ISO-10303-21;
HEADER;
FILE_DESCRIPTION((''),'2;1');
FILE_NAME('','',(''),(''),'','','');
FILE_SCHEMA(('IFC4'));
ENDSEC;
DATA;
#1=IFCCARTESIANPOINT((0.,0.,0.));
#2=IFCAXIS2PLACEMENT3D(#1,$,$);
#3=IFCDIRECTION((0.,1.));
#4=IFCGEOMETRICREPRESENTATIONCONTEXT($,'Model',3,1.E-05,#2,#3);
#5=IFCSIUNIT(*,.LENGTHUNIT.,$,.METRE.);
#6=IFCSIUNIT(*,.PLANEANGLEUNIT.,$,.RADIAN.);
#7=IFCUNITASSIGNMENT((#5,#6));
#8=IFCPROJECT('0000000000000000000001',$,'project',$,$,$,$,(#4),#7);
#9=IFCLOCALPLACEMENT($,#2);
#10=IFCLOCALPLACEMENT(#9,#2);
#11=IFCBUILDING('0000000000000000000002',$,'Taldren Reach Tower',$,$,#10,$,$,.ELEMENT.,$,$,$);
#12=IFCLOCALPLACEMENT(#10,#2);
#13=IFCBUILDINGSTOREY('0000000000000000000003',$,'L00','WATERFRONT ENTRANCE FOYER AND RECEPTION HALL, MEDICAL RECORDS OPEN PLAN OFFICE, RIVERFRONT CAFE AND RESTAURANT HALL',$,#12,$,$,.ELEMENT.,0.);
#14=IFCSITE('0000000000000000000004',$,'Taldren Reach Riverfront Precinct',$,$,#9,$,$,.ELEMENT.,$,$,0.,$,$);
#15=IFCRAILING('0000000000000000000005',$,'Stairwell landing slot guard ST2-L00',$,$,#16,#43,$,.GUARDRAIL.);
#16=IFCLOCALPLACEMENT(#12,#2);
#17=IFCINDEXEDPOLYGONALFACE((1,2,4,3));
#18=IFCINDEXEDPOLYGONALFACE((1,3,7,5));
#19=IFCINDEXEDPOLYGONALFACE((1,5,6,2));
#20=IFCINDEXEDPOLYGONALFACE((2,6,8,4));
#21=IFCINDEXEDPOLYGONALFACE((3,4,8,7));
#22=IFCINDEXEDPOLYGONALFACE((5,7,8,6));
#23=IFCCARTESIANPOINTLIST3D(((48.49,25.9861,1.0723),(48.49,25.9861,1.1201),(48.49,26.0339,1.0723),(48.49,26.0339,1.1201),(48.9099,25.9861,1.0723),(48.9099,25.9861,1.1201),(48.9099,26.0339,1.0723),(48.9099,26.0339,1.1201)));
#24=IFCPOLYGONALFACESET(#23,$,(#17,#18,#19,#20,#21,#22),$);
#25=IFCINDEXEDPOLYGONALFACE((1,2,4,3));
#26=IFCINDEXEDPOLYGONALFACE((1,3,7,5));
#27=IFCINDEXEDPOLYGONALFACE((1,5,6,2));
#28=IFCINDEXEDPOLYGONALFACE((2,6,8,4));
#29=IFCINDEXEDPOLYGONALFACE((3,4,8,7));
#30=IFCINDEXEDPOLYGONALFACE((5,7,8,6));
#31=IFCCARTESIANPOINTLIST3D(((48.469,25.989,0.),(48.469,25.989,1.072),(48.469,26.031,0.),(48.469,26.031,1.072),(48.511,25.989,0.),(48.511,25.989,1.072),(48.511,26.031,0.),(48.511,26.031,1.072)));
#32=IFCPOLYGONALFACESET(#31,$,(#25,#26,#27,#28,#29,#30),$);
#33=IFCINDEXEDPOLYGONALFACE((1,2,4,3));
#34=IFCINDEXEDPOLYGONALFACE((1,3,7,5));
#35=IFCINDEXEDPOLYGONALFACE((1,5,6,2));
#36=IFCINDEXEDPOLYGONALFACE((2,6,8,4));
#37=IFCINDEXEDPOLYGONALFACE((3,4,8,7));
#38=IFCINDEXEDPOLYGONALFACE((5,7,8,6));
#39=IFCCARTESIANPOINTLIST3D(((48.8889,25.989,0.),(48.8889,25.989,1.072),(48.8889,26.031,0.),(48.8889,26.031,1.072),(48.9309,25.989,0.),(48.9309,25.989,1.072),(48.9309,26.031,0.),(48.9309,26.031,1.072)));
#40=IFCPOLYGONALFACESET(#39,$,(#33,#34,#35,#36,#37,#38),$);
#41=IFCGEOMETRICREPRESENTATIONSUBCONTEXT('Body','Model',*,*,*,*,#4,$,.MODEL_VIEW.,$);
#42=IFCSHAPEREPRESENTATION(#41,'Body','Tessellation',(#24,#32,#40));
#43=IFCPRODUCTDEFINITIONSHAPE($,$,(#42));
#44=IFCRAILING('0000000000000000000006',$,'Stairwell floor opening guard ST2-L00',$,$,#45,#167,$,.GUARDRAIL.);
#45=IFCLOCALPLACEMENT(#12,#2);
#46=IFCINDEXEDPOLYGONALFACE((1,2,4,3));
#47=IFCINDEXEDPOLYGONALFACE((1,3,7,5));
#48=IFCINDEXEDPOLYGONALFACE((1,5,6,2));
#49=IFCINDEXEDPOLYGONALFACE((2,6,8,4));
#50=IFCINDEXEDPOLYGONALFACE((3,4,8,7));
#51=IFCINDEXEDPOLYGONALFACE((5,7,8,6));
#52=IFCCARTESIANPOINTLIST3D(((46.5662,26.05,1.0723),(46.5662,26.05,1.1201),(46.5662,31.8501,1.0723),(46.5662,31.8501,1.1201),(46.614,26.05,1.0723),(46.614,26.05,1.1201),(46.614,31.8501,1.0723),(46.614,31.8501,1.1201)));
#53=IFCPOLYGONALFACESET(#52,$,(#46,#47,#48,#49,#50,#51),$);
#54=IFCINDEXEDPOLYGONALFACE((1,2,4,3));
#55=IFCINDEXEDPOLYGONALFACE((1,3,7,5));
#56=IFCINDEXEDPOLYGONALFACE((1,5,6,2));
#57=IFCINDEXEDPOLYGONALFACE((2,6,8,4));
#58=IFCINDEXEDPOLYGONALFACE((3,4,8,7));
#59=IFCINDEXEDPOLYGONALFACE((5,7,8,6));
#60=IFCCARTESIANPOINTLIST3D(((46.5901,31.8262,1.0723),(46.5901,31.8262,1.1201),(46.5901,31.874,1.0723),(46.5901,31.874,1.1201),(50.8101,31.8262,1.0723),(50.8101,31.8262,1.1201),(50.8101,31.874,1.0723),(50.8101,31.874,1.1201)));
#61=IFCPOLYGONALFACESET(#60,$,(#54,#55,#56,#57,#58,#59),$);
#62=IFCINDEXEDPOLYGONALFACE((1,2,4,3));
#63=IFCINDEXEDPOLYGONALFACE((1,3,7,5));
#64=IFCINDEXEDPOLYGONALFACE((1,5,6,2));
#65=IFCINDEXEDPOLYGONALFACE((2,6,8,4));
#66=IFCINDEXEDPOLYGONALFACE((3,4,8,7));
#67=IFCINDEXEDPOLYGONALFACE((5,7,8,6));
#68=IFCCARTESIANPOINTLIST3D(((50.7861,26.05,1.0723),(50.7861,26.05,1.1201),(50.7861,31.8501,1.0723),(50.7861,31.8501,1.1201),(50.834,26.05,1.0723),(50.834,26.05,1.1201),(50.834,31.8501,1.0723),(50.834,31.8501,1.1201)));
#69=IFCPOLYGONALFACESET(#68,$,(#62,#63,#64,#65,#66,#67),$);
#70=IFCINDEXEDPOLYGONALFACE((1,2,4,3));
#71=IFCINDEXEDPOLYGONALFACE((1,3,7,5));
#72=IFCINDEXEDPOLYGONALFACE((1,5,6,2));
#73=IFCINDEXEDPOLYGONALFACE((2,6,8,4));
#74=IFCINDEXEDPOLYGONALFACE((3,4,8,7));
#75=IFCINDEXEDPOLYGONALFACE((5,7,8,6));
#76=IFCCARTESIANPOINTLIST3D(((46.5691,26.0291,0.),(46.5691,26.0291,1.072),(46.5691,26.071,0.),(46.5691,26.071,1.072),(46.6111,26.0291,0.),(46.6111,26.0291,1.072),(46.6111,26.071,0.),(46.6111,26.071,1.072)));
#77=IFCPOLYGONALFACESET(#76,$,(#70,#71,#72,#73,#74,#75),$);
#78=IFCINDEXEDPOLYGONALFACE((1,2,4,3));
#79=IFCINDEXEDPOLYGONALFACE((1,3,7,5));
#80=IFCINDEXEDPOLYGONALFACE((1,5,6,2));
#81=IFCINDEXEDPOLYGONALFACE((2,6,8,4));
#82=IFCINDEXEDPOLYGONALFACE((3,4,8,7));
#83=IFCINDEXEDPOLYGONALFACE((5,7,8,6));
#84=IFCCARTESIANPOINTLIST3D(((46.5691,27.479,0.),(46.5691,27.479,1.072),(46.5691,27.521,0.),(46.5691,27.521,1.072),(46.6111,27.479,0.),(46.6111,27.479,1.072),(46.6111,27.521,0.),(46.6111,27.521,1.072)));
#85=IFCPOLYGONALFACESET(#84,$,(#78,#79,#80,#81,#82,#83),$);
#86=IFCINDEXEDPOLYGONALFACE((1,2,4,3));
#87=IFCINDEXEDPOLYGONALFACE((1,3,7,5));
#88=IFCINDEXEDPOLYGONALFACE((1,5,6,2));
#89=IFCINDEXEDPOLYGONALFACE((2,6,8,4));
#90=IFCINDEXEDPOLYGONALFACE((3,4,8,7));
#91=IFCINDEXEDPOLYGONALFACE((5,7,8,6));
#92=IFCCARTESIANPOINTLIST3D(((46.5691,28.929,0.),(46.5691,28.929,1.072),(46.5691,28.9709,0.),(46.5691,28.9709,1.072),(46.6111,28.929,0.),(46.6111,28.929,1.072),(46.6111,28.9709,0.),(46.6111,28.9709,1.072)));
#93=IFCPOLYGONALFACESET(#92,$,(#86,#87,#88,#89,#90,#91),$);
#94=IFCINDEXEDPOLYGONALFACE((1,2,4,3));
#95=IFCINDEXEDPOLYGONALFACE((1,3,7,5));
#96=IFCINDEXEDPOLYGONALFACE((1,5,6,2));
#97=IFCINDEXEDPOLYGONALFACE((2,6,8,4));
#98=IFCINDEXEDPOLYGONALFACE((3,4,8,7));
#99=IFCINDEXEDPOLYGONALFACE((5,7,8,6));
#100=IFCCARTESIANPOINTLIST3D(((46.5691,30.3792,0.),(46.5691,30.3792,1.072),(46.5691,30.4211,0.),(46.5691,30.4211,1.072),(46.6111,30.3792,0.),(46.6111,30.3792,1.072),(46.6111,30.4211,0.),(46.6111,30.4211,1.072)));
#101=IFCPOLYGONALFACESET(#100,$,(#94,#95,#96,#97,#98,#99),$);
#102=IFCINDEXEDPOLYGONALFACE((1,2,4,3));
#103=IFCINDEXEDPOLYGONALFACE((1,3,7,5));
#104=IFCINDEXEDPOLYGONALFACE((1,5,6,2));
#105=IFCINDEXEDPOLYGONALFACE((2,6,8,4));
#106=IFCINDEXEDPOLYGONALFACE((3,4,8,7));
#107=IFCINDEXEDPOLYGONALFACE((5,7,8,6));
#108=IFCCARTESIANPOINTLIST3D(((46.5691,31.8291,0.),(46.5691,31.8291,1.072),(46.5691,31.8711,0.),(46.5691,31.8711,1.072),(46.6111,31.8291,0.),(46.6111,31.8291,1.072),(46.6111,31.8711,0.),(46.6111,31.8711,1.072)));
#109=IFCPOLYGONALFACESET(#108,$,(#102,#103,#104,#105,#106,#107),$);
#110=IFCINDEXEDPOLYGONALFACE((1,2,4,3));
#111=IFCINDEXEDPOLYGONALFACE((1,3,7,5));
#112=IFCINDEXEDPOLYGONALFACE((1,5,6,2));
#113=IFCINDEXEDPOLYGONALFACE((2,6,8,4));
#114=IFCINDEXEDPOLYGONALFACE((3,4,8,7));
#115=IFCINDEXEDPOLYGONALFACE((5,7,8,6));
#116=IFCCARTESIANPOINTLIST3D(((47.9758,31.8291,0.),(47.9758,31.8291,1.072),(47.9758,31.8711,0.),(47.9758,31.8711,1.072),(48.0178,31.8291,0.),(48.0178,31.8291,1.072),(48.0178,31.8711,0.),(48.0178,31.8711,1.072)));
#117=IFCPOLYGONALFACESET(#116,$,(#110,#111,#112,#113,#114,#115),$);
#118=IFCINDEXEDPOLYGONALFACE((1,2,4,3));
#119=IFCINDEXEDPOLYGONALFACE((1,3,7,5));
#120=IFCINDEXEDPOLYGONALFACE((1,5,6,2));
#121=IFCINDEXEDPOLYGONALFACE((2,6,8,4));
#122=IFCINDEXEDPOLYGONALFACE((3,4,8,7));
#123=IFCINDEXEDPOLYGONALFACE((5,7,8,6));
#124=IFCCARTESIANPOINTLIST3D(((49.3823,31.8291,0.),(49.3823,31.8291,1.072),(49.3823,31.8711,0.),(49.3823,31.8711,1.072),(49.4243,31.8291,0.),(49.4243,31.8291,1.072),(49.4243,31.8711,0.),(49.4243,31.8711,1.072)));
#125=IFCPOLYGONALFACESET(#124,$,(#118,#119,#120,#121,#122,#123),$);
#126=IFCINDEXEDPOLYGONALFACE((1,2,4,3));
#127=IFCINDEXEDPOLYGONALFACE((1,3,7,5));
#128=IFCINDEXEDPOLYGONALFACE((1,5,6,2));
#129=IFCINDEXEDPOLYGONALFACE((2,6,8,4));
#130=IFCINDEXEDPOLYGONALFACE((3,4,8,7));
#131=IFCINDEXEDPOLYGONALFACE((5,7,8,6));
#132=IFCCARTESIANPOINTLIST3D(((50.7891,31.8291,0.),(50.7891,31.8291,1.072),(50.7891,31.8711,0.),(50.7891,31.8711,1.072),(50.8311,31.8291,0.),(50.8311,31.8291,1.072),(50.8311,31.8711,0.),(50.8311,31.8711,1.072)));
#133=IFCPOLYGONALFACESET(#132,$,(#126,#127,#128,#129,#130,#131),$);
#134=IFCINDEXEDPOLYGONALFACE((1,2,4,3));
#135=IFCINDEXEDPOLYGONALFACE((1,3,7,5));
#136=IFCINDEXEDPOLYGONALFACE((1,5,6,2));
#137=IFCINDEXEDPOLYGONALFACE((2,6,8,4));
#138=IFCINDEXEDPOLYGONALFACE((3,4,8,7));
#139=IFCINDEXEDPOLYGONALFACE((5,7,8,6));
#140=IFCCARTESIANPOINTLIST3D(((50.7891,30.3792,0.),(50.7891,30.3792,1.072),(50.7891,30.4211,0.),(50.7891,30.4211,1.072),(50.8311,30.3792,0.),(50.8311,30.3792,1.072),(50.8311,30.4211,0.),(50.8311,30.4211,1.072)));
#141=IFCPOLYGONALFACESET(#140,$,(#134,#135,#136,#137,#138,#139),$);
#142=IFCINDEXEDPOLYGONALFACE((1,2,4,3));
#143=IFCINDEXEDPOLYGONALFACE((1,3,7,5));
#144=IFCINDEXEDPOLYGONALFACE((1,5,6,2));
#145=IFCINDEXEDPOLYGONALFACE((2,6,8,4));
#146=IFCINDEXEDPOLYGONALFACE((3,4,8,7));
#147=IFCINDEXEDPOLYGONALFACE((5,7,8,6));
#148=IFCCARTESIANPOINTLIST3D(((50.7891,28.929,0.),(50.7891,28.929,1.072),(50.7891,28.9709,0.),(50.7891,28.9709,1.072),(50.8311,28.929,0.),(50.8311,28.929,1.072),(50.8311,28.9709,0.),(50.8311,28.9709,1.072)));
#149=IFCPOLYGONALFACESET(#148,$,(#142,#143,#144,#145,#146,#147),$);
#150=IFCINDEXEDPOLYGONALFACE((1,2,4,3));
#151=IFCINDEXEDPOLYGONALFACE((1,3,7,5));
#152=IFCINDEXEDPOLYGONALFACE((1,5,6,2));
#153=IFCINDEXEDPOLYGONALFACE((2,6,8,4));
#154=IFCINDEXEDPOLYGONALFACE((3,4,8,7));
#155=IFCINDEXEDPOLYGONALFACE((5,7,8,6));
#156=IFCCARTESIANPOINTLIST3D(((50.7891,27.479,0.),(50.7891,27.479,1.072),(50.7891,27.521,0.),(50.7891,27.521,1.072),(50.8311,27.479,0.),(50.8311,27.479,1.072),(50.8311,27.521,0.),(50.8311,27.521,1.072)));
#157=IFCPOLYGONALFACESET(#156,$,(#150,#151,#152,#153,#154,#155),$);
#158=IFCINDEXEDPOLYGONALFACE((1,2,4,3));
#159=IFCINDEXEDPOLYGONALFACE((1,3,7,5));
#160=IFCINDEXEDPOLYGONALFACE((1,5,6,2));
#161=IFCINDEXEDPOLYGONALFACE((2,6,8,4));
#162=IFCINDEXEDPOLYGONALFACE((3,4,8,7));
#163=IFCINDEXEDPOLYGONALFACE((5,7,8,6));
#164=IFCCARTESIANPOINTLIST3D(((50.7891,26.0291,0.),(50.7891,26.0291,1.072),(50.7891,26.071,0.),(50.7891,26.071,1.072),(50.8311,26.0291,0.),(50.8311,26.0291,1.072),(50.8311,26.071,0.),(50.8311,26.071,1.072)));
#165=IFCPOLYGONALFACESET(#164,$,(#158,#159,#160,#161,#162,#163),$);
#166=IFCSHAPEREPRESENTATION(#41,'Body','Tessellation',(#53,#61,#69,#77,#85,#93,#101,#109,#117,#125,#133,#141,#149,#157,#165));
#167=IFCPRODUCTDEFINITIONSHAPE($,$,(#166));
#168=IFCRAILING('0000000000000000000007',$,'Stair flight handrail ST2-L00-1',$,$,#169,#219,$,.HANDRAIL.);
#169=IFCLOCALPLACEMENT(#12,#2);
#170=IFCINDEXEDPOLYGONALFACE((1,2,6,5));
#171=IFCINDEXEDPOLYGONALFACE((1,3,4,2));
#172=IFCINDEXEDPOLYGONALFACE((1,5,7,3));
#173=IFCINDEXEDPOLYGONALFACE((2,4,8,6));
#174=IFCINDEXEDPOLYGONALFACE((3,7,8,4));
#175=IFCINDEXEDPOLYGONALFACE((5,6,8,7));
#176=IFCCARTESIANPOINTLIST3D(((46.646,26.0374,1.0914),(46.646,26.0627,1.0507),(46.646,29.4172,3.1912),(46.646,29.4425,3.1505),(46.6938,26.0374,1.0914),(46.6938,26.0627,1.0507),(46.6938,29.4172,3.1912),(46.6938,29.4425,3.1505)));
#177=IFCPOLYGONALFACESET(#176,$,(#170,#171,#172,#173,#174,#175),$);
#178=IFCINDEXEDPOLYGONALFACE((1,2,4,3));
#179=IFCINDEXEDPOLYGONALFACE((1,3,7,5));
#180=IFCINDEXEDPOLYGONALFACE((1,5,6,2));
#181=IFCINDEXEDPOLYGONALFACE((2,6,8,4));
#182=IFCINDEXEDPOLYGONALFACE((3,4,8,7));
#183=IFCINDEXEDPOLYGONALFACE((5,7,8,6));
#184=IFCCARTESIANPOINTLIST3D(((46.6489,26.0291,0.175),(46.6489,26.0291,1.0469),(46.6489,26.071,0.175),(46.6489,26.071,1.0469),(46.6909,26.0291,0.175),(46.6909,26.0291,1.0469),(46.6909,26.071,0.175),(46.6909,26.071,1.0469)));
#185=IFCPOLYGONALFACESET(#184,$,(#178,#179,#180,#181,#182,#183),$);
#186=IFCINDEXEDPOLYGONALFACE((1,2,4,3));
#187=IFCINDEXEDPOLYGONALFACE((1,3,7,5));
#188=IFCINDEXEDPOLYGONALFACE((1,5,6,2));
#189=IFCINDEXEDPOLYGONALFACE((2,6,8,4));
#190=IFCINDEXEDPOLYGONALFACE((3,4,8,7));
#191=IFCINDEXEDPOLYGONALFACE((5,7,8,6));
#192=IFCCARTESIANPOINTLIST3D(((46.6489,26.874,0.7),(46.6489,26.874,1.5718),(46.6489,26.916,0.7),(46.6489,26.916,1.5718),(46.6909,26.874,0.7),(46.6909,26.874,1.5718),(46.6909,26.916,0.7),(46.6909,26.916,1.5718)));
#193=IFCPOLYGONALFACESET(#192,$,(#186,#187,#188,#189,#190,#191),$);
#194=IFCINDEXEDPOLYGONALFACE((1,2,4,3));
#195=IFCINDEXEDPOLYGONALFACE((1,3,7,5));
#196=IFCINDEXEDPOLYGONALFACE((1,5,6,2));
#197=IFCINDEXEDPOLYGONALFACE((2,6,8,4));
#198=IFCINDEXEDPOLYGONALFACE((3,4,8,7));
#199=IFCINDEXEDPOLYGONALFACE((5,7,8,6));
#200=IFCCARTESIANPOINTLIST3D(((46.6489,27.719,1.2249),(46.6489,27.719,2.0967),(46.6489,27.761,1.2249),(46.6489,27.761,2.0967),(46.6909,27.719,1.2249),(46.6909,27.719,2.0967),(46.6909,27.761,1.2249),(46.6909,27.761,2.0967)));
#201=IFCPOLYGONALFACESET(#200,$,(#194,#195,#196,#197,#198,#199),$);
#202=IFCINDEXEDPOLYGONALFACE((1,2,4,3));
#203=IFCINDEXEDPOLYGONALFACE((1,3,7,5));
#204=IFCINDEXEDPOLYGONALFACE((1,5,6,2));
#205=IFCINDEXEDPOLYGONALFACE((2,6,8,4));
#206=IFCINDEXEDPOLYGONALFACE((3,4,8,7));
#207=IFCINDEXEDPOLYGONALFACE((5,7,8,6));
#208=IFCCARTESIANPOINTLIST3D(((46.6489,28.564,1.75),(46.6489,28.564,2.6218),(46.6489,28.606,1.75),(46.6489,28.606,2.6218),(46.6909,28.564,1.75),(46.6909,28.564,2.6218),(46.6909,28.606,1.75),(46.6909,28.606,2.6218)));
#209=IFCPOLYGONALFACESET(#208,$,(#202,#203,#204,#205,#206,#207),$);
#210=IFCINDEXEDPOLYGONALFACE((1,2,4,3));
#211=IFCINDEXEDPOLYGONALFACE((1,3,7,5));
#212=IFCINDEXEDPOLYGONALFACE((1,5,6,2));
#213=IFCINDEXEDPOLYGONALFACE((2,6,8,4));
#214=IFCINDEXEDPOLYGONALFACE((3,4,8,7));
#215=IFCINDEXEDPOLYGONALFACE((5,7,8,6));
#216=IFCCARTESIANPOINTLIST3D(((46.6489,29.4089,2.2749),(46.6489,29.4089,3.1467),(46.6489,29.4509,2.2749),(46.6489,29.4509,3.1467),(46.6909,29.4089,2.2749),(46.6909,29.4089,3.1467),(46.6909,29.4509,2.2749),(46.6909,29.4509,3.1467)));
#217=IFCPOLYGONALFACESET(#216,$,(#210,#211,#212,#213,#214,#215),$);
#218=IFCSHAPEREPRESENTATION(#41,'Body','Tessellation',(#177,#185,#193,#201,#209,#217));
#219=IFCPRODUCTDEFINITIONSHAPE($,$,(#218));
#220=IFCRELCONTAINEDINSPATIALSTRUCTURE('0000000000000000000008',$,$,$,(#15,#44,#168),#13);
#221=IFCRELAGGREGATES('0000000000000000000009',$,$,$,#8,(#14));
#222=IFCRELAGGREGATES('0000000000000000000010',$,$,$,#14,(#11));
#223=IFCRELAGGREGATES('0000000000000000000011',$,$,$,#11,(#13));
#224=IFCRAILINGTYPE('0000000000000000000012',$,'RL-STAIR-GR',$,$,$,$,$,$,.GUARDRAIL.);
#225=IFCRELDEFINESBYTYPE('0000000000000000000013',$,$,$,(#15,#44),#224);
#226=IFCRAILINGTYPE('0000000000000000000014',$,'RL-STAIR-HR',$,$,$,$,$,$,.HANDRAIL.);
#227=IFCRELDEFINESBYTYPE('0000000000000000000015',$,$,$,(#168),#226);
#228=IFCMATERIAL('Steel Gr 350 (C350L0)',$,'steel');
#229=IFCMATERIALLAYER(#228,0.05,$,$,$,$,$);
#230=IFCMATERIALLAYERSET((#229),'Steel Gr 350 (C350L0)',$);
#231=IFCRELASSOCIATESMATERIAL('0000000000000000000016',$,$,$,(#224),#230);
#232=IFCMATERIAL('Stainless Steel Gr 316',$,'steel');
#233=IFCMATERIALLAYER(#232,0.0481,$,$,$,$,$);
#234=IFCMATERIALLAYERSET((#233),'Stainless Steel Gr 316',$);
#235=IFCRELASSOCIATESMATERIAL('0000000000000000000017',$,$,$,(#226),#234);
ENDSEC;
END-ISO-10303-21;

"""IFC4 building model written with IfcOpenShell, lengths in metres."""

from ifc_helpers import new_model, si_unit, direction, frame, origin, origin_2d, place, context, subcontext, project, spatial, rectangle, extrude, material, layer, layer_set, type_object, element, save


model = new_model("IFC4")

# Units and contexts
model_context = context("Model", 3, precision=1e-05, world=origin(), true_north=direction((0.0, 1.0)))
body_context = subcontext(model_context, "Body", "Model", "MODEL_VIEW")
ifc_project = project(units=[si_unit("LENGTHUNIT", "METRE"), si_unit("PLANEANGLEUNIT", "RADIAN")], contexts=[model_context])

# Site, building, storey
site_placement = place(None, origin())
site = spatial("IfcSite", under=ifc_project, at=site_placement, Name="Taldren Reach Riverfront Precinct", CompositionType="ELEMENT", RefElevation=0.0)
building_placement = place(site_placement, origin())
building = spatial("IfcBuilding", under=site, at=building_placement, Name="Taldren Reach Tower", CompositionType="ELEMENT")
storey_placement = place(building_placement, origin())
storey = spatial("IfcBuildingStorey", under=building, at=storey_placement, Name="L00", Description="WATERFRONT ENTRANCE FOYER AND RECEPTION HALL, MEDICAL RECORDS OPEN PLAN OFFICE, RIVERFRONT CAFE AND RESTAURANT HALL", CompositionType="ELEMENT", Elevation=0.0)

# Shared definitions
ifc_material_1 = material(Name="Steel Gr 350 (C350L0)", Category="steel")

# Railings
ifc_layer_1 = layer(ifc_material_1, 0.05)
ifc_layer_set_1 = layer_set([ifc_layer_1], Name="Steel Gr 350 (C350L0)")
railing_type_1 = type_object("IfcRailingType", Name="RL-STAIR-GR", PredefinedType="GUARDRAIL", material=ifc_layer_set_1)
railing_1_placement = place(storey_placement, frame((48.49, 26.01, 0.0)))
element("IfcRailing", 1, at=railing_1_placement, inside=storey, type_object=railing_type_1, Name="Stairwell landing slot guard ST2-L00", PredefinedType="GUARDRAIL", context=body_context, shape_type="SweptSolid", body=[
    extrude(rectangle(XDim=0.0479, YDim=0.0479, at=origin_2d()), frame((0.0, 0.0, 1.0962), z_axis=(1.0, 0.0, 0.0), x_axis=(0.0, 1.0, 0.0)), (0.0, 0.0, 1.0), 0.4199),
    extrude(rectangle(XDim=0.042, YDim=0.042, at=origin_2d()), origin(), (0.0, 0.0, 1.0), 1.072),
    extrude(rectangle(XDim=0.042, YDim=0.042, at=origin_2d()), frame((0.4199, 0.0, 0.0)), (0.0, 0.0, 1.0), 1.072),
])
railing_2_placement = place(storey_placement, frame((46.5901, 26.05, 0.0)))
element("IfcRailing", 2, at=railing_2_placement, inside=storey, type_object=railing_type_1, Name="Stairwell floor opening guard ST2-L00", PredefinedType="GUARDRAIL", context=body_context, shape_type="SweptSolid", body=[
    extrude(rectangle(XDim=0.0479, YDim=0.0479, at=origin_2d()), frame((0.0, 0.0, 1.0962), z_axis=(0.0, 1.0, 0.0), x_axis=(-1.0, 0.0, 0.0)), (0.0, 0.0, 1.0), 5.8),
    extrude(rectangle(XDim=0.0479, YDim=0.0479, at=origin_2d()), frame((0.0, 5.8, 1.0962), z_axis=(1.0, 0.0, 0.0), x_axis=(0.0, 1.0, 0.0)), (0.0, 0.0, 1.0), 4.22),
    extrude(rectangle(XDim=0.0479, YDim=0.0479, at=origin_2d()), frame((4.22, 5.8, 1.0962), z_axis=(0.0, -1.0, 0.0), x_axis=(1.0, 0.0, 0.0)), (0.0, 0.0, 1.0), 5.8),
    extrude(rectangle(XDim=0.042, YDim=0.042, at=origin_2d()), origin(), (0.0, 0.0, 1.0), 1.072),
    extrude(rectangle(XDim=0.042, YDim=0.042, at=origin_2d()), frame((0.0, 1.45, 0.0)), (0.0, 0.0, 1.0), 1.072),
    extrude(rectangle(XDim=0.042, YDim=0.042, at=origin_2d()), frame((0.0, 2.8999, 0.0)), (0.0, 0.0, 1.0), 1.072),
    extrude(rectangle(XDim=0.042, YDim=0.042, at=origin_2d()), frame((0.0, 4.3501, 0.0)), (0.0, 0.0, 1.0), 1.072),
    extrude(rectangle(XDim=0.042, YDim=0.042, at=origin_2d()), frame((0.0, 5.8, 0.0)), (0.0, 0.0, 1.0), 1.072),
    extrude(rectangle(XDim=0.042, YDim=0.042, at=origin_2d()), frame((1.4067, 5.8, 0.0)), (0.0, 0.0, 1.0), 1.072),
    extrude(rectangle(XDim=0.042, YDim=0.042, at=origin_2d()), frame((2.8132, 5.8, 0.0)), (0.0, 0.0, 1.0), 1.072),
    extrude(rectangle(XDim=0.042, YDim=0.042, at=origin_2d()), frame((4.22, 5.8, 0.0)), (0.0, 0.0, 1.0), 1.072),
    extrude(rectangle(XDim=0.042, YDim=0.042, at=origin_2d()), frame((4.22, 4.3501, 0.0)), (0.0, 0.0, 1.0), 1.072),
    extrude(rectangle(XDim=0.042, YDim=0.042, at=origin_2d()), frame((4.22, 2.8999, 0.0)), (0.0, 0.0, 1.0), 1.072),
    extrude(rectangle(XDim=0.042, YDim=0.042, at=origin_2d()), frame((4.22, 1.45, 0.0)), (0.0, 0.0, 1.0), 1.072),
    extrude(rectangle(XDim=0.042, YDim=0.042, at=origin_2d()), frame((4.22, 0.0, 0.0)), (0.0, 0.0, 1.0), 1.072),
])
ifc_material_2 = material(Name="Stainless Steel Gr 316", Category="steel")
ifc_layer_2 = layer(ifc_material_2, 0.0481)
ifc_layer_set_2 = layer_set([ifc_layer_2], Name="Stainless Steel Gr 316")
railing_type_2 = type_object("IfcRailingType", Name="RL-STAIR-HR", PredefinedType="HANDRAIL", material=ifc_layer_set_2)
railing_3_placement = place(storey_placement, frame((46.6699, 26.05, 0.175)))
element("IfcRailing", 3, at=railing_3_placement, inside=storey, type_object=railing_type_2, Name="Stair flight handrail ST2-L00-1", PredefinedType="HANDRAIL", context=body_context, shape_type="SweptSolid", body=[
    extrude(rectangle(XDim=0.0479, YDim=0.0479, at=origin_2d()), frame((0.0, 0.0, 0.896), z_axis=(0.0, 0.849415, 0.527725), x_axis=(-1.0, 0.0, 0.0)), (0.0, 0.0, 1.0), 3.979),
    extrude(rectangle(XDim=0.042, YDim=0.042, at=origin_2d()), origin(), (0.0, 0.0, 1.0), 0.8718),
    extrude(rectangle(XDim=0.042, YDim=0.042, at=origin_2d()), frame((0.0, 0.845, 0.5249)), (0.0, 0.0, 1.0), 0.8718),
    extrude(rectangle(XDim=0.042, YDim=0.042, at=origin_2d()), frame((0.0, 1.6899, 1.0498)), (0.0, 0.0, 1.0), 0.8718),
    extrude(rectangle(XDim=0.042, YDim=0.042, at=origin_2d()), frame((0.0, 2.5349, 1.575)), (0.0, 0.0, 1.0), 0.8718),
    extrude(rectangle(XDim=0.042, YDim=0.042, at=origin_2d()), frame((0.0, 3.3799, 2.0999)), (0.0, 0.0, 1.0), 0.8718),
])

save(model, "model.ifc")
